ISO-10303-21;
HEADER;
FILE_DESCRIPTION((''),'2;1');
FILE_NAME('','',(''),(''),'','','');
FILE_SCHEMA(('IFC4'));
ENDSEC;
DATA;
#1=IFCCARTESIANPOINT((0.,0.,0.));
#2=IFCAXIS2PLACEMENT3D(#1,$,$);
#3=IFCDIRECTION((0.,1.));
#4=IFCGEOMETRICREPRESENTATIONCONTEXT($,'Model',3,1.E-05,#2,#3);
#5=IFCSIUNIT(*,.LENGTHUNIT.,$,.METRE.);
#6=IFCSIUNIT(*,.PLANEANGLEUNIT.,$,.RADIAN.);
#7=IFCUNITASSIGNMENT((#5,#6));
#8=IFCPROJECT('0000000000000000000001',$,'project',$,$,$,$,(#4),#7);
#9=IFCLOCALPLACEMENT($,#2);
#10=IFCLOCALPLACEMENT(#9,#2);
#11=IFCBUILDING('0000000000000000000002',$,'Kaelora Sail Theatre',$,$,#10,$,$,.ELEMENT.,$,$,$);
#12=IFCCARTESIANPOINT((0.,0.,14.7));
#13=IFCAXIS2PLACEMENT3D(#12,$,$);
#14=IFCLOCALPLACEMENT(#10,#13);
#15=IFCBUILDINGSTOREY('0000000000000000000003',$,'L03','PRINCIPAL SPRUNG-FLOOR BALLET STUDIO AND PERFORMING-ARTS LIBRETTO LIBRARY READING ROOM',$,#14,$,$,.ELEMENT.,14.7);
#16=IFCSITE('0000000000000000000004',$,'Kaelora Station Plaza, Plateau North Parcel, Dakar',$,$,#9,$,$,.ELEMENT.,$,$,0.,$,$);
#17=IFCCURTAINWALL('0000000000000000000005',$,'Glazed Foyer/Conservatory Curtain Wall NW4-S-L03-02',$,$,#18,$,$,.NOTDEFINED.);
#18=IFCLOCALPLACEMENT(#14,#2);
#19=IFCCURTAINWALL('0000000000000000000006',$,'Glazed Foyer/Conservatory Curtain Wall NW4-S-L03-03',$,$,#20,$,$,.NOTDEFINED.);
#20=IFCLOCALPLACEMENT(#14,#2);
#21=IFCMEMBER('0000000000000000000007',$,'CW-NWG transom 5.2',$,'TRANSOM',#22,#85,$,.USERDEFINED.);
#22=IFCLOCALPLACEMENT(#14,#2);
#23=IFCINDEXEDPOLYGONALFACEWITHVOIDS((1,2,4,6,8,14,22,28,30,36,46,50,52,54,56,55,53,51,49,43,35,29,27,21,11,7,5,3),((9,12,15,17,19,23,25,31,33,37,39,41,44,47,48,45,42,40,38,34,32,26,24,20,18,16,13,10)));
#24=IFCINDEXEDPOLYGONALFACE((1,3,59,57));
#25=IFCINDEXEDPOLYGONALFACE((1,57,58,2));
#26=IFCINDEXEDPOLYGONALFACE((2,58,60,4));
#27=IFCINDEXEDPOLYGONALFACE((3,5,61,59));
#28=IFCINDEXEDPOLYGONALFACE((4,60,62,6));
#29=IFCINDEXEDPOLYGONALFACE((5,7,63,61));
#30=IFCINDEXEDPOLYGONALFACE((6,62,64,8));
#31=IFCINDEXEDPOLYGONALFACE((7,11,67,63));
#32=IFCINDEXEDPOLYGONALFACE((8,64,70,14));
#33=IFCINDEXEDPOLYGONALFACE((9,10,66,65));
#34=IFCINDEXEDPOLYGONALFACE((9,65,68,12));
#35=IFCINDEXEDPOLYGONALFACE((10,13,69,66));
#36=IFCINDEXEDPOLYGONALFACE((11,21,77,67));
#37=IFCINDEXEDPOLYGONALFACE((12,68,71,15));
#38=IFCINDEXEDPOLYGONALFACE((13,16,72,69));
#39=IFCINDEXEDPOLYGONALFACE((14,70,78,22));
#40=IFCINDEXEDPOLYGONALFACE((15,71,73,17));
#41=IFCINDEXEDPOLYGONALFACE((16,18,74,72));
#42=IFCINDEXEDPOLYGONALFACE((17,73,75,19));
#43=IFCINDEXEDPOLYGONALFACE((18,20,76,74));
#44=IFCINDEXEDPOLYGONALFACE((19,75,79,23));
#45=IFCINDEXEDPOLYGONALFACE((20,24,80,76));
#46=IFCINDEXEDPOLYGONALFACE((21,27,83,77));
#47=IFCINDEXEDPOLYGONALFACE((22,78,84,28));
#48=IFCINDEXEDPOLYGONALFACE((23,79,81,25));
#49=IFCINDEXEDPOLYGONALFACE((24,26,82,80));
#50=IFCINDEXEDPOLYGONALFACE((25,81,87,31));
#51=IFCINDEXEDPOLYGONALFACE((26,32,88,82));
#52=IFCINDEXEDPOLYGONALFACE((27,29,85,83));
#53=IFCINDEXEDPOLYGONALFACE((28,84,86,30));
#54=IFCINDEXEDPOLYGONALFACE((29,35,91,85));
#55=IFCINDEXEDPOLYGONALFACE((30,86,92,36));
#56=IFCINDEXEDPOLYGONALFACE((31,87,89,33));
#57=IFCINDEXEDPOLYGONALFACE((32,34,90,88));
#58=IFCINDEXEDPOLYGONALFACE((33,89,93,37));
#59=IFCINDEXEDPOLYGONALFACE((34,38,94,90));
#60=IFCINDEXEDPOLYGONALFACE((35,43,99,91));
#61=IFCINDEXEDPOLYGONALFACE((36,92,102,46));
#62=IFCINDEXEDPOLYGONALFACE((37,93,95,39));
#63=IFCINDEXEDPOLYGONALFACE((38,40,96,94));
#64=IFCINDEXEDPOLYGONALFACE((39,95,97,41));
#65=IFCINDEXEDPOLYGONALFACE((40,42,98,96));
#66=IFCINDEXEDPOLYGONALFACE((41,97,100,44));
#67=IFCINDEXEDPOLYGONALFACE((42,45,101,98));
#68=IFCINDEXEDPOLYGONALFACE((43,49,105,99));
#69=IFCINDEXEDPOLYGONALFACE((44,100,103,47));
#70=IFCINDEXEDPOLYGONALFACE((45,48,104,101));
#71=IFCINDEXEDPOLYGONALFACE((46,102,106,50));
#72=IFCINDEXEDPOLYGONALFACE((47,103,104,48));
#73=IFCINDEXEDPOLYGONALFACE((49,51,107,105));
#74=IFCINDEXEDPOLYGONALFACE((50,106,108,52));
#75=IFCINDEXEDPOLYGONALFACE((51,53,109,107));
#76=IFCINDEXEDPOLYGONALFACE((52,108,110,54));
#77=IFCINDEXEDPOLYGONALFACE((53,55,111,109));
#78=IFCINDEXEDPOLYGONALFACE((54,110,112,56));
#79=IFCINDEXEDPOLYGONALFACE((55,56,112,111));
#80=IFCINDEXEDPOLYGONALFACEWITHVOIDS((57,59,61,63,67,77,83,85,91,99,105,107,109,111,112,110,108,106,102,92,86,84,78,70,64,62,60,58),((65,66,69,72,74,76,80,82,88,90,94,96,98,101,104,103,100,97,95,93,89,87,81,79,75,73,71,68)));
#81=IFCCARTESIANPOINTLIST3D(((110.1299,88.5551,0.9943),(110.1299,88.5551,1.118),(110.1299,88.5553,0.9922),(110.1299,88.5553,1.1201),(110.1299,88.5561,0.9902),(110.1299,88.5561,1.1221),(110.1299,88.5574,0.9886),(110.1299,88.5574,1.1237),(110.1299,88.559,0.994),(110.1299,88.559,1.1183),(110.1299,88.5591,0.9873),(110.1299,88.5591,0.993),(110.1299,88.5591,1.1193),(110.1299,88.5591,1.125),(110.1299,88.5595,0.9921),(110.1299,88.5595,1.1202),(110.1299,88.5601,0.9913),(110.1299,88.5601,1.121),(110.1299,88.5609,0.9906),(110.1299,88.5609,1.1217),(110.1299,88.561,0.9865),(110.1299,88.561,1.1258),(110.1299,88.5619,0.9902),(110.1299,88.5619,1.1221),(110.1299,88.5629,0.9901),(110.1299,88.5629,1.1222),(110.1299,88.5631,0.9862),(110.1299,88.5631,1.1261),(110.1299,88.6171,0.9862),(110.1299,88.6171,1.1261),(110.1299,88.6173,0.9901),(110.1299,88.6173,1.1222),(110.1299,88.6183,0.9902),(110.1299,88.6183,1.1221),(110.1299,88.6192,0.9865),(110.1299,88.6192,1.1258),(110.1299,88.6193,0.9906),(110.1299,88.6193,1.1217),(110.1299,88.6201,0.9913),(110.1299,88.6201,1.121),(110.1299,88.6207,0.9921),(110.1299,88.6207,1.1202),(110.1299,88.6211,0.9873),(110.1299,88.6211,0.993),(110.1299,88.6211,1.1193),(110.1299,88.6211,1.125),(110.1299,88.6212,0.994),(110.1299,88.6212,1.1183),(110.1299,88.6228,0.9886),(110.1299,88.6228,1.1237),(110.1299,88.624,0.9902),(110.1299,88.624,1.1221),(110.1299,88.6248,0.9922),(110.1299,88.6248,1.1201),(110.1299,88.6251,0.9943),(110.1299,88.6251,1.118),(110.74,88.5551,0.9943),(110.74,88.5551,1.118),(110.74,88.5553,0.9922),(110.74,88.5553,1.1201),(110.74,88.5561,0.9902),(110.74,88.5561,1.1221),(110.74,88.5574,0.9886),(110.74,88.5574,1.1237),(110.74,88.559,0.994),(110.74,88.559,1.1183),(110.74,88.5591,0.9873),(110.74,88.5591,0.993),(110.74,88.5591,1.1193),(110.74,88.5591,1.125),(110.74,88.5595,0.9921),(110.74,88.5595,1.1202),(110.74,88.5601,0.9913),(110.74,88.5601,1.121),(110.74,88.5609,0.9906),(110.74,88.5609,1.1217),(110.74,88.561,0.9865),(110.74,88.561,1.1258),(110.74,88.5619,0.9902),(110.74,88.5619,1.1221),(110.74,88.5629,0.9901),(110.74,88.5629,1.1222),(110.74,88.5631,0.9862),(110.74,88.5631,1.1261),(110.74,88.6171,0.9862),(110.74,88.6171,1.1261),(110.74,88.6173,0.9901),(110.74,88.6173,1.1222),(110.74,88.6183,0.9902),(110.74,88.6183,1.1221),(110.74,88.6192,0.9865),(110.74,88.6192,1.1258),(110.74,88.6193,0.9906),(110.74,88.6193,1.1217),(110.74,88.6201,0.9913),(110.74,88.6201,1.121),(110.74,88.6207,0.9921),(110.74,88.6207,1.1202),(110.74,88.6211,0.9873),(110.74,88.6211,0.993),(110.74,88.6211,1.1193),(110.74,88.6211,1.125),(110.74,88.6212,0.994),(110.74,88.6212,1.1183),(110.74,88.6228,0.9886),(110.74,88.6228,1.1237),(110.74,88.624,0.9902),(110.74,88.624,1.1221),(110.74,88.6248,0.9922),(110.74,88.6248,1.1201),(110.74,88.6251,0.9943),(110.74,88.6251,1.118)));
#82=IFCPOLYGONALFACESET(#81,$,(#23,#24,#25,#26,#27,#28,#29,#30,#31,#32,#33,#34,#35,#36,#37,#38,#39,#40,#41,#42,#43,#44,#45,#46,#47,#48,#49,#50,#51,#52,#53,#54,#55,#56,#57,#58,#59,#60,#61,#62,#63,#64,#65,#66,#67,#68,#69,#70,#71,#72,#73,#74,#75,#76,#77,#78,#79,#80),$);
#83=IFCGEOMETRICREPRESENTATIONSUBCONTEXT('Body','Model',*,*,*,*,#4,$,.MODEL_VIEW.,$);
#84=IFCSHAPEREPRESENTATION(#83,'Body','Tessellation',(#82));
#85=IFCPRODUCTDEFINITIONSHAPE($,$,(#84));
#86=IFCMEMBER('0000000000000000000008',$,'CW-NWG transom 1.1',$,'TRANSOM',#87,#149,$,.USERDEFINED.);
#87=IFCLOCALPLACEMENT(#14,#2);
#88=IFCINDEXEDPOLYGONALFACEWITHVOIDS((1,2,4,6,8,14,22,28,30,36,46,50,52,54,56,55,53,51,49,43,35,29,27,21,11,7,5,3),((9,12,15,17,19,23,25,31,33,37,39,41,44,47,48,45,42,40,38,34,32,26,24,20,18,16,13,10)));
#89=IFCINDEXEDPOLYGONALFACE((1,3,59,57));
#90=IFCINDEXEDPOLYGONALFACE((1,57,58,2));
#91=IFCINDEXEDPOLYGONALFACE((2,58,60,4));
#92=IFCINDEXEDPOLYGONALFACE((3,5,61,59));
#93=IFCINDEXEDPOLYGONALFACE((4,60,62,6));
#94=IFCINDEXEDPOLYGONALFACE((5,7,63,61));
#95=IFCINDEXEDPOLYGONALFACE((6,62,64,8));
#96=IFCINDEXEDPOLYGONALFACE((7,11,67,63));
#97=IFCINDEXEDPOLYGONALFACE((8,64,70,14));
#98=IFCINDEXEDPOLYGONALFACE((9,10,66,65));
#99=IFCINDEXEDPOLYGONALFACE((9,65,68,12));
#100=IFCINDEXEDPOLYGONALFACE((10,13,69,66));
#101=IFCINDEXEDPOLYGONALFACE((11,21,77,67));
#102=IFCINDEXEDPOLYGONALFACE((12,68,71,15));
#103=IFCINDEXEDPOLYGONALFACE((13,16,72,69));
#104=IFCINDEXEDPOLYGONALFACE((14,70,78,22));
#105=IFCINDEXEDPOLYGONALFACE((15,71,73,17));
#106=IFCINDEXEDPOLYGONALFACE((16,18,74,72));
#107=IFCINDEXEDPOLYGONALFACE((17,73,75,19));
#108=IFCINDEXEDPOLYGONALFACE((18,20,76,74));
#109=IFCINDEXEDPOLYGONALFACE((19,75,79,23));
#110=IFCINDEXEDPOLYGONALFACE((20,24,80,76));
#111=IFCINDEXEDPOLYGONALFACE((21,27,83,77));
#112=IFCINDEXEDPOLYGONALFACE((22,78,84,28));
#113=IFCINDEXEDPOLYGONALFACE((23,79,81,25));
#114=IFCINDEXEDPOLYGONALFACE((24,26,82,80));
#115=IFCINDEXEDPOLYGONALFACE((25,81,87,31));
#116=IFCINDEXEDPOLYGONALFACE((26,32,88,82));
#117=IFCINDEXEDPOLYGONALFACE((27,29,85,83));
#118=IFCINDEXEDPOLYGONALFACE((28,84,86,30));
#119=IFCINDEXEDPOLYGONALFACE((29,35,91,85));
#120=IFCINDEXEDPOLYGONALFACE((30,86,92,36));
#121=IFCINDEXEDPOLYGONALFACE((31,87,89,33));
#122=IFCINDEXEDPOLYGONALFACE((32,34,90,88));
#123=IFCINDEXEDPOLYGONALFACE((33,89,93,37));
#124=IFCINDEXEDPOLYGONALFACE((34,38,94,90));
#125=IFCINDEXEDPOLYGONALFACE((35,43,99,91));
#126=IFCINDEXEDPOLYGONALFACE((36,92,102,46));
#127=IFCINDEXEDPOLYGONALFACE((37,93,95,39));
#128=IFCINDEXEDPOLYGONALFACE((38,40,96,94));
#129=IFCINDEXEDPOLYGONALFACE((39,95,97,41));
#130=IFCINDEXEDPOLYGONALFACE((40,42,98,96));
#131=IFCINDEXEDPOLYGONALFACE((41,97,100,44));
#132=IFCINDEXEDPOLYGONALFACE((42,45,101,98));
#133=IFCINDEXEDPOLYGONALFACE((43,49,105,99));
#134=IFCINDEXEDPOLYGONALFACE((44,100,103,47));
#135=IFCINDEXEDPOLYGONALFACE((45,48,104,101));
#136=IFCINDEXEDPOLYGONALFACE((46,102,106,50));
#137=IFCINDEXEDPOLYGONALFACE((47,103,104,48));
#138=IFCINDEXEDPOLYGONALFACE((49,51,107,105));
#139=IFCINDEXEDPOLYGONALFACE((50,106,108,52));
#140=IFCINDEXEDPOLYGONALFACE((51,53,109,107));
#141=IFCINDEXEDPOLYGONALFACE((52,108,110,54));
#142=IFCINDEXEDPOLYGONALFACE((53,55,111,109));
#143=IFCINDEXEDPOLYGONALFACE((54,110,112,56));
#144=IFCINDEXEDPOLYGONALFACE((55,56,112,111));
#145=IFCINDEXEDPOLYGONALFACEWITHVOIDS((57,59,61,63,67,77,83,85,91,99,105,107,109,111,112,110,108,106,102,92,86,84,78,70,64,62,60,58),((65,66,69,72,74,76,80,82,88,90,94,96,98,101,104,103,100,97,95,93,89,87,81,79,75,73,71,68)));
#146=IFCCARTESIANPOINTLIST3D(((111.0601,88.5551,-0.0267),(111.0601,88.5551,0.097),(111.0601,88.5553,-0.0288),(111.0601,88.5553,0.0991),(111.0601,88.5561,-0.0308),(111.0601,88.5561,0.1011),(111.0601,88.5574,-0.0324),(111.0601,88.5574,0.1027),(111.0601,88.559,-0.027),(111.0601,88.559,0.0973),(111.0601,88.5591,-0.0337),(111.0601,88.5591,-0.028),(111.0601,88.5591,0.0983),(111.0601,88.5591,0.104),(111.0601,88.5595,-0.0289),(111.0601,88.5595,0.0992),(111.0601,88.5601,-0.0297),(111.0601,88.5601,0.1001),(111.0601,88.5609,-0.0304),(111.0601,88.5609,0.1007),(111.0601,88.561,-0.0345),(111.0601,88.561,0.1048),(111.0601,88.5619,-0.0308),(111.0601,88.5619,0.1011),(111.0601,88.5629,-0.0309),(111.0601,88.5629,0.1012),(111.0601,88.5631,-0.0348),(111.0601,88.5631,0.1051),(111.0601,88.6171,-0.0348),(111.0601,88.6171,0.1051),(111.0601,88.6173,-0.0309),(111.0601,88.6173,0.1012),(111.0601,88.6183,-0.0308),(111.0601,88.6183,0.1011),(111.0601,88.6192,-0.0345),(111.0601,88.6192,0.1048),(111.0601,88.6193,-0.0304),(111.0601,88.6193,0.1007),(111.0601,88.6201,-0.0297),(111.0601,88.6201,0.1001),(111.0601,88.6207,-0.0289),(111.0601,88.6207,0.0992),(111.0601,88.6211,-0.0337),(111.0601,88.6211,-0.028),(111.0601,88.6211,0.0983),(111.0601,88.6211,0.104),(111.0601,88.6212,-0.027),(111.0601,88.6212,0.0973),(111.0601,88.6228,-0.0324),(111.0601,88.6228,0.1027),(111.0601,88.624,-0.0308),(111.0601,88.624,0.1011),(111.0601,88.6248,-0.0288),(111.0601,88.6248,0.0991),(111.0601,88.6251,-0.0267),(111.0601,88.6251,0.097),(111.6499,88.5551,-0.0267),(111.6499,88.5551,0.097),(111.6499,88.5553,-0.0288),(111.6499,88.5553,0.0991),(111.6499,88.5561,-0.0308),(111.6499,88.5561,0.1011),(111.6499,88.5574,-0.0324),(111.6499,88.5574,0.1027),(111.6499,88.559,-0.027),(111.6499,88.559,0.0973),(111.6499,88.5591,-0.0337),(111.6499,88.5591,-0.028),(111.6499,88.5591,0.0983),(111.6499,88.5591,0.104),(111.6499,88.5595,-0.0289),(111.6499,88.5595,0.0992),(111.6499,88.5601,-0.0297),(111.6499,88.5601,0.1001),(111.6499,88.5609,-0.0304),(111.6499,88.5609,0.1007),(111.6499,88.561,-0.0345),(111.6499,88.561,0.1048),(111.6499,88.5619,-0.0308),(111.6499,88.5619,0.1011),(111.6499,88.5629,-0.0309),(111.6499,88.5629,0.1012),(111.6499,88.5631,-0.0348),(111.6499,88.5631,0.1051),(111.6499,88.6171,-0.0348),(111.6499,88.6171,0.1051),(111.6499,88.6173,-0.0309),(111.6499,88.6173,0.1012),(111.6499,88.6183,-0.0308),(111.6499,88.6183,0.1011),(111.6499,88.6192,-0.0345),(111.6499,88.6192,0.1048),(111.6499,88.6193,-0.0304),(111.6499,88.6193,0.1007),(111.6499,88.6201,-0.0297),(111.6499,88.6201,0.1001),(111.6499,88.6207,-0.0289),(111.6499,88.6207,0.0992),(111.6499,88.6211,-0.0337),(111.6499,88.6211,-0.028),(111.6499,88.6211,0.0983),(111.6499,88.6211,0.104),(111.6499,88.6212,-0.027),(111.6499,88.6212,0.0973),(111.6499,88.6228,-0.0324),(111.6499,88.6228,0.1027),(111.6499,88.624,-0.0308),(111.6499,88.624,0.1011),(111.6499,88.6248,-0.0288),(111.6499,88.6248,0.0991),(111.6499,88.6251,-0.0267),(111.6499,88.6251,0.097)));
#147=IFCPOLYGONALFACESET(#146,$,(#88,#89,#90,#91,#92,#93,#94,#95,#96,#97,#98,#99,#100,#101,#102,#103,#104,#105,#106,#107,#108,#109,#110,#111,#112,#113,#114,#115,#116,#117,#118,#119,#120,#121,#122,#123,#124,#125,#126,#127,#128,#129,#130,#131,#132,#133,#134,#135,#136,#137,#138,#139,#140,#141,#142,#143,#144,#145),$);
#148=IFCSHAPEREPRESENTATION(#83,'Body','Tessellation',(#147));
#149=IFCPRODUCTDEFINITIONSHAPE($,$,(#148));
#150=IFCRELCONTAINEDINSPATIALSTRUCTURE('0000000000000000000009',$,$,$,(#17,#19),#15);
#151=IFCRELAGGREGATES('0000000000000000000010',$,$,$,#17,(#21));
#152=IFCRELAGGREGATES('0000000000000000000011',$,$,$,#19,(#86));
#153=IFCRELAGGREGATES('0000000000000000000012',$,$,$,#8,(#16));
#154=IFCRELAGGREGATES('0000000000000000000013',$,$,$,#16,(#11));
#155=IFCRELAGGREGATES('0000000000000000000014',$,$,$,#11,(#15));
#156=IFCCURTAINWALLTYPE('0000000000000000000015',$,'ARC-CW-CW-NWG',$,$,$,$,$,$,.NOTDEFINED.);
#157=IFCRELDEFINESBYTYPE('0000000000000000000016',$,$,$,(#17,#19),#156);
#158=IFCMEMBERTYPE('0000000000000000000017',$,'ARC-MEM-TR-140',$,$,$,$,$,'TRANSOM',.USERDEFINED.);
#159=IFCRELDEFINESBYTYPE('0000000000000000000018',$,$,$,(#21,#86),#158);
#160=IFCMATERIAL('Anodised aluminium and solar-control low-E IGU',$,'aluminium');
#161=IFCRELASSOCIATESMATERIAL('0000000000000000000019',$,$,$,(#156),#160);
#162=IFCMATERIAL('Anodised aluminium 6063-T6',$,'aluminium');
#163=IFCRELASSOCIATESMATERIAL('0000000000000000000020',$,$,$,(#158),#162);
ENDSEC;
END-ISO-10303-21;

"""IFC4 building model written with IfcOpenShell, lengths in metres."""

from ifc_helpers import new_model, si_unit, direction, frame, origin, origin_2d, place, context, subcontext, project, spatial, hollow_rectangle, extrude, material, material_profile, profile_set, type_object, element, aggregate, save


model = new_model("IFC4")

# Units and contexts
model_context = context("Model", 3, precision=1e-05, world=origin(), true_north=direction((0.0, 1.0)))
body_context = subcontext(model_context, "Body", "Model", "MODEL_VIEW")
ifc_project = project(units=[si_unit("LENGTHUNIT", "METRE"), si_unit("PLANEANGLEUNIT", "RADIAN")], contexts=[model_context])

# Site, building, storey
site_placement = place(None, origin())
site = spatial("IfcSite", under=ifc_project, at=site_placement, Name="Kaelora Station Plaza, Plateau North Parcel, Dakar", CompositionType="ELEMENT", RefElevation=0.0)
building_placement = place(site_placement, origin())
building = spatial("IfcBuilding", under=site, at=building_placement, Name="Kaelora Sail Theatre", CompositionType="ELEMENT")
storey_placement = place(building_placement, frame((0.0, 0.0, 14.7)))
storey = spatial("IfcBuildingStorey", under=building, at=storey_placement, Name="L03", Description="PRINCIPAL SPRUNG-FLOOR BALLET STUDIO AND PERFORMING-ARTS LIBRETTO LIBRARY READING ROOM", CompositionType="ELEMENT", Elevation=14.7)

# Curtain walls
ifc_material_1 = material(Name="Anodised aluminium and solar-control low-E IGU", Category="aluminium")
curtain_wall_type = type_object("IfcCurtainWallType", Name="ARC-CW-CW-NWG", PredefinedType="NOTDEFINED", material=ifc_material_1)
curtain_wall_1_placement = place(storey_placement, origin())
curtain_wall_1 = element("IfcCurtainWall", 1, at=curtain_wall_1_placement, inside=storey, type_object=curtain_wall_type, Name="Glazed Foyer/Conservatory Curtain Wall NW4-S-L03-02", PredefinedType="NOTDEFINED")
curtain_wall_2_placement = place(storey_placement, origin())
curtain_wall_2 = element("IfcCurtainWall", 2, at=curtain_wall_2_placement, inside=storey, type_object=curtain_wall_type, Name="Glazed Foyer/Conservatory Curtain Wall NW4-S-L03-03", PredefinedType="NOTDEFINED")

# Members
ifc_material_2 = material(Name="Anodised aluminium 6063-T6", Category="aluminium")
ifc_material_profile_1 = material_profile(ifc_material_2, hollow_rectangle(XDim=0.0701, YDim=0.1399, WallThickness=0.0039, InnerFilletRadius=0.0039, OuterFilletRadius=0.0081, at=origin_2d()), Name="ALU-TRAN 70x140x4")
ifc_profile_set_1 = profile_set([ifc_material_profile_1], Name="Anodised aluminium 6063-T6")
member_type_1 = type_object("IfcMemberType", Name="ARC-MEM-TR-140", ElementType="TRANSOM", PredefinedType="USERDEFINED", material=ifc_profile_set_1)
member_1_placement = place(storey_placement, frame((110.1299, 88.5901, 1.0562), z_axis=(1.0, 0.0, 0.0), x_axis=(0.0, 1.0, 0.0)))
member_1 = element("IfcMember", 3, at=member_1_placement, type_object=member_type_1, Name="CW-NWG transom 5.2", ObjectType="TRANSOM", PredefinedType="USERDEFINED", context=body_context, shape_type="SweptSolid", body=[
    extrude(hollow_rectangle(XDim=0.0701, YDim=0.1399, WallThickness=0.0039, InnerFilletRadius=0.0039, OuterFilletRadius=0.0081, at=origin_2d()), origin(), (0.0, 0.0, 1.0), 0.6101),
])
member_2_placement = place(storey_placement, frame((111.0601, 88.5901, 0.0352), z_axis=(1.0, 0.0, 0.0), x_axis=(0.0, 1.0, 0.0)))
member_2 = element("IfcMember", 4, at=member_2_placement, type_object=member_type_1, Name="CW-NWG transom 1.1", ObjectType="TRANSOM", PredefinedType="USERDEFINED", context=body_context, shape_type="SweptSolid", body=[
    extrude(hollow_rectangle(XDim=0.0701, YDim=0.1399, WallThickness=0.0039, InnerFilletRadius=0.0039, OuterFilletRadius=0.0081, at=origin_2d()), origin(), (0.0, 0.0, 1.0), 0.5898),
])

aggregate(curtain_wall_1, [member_1])
aggregate(curtain_wall_2, [member_2])

save(model, "model.ifc")
